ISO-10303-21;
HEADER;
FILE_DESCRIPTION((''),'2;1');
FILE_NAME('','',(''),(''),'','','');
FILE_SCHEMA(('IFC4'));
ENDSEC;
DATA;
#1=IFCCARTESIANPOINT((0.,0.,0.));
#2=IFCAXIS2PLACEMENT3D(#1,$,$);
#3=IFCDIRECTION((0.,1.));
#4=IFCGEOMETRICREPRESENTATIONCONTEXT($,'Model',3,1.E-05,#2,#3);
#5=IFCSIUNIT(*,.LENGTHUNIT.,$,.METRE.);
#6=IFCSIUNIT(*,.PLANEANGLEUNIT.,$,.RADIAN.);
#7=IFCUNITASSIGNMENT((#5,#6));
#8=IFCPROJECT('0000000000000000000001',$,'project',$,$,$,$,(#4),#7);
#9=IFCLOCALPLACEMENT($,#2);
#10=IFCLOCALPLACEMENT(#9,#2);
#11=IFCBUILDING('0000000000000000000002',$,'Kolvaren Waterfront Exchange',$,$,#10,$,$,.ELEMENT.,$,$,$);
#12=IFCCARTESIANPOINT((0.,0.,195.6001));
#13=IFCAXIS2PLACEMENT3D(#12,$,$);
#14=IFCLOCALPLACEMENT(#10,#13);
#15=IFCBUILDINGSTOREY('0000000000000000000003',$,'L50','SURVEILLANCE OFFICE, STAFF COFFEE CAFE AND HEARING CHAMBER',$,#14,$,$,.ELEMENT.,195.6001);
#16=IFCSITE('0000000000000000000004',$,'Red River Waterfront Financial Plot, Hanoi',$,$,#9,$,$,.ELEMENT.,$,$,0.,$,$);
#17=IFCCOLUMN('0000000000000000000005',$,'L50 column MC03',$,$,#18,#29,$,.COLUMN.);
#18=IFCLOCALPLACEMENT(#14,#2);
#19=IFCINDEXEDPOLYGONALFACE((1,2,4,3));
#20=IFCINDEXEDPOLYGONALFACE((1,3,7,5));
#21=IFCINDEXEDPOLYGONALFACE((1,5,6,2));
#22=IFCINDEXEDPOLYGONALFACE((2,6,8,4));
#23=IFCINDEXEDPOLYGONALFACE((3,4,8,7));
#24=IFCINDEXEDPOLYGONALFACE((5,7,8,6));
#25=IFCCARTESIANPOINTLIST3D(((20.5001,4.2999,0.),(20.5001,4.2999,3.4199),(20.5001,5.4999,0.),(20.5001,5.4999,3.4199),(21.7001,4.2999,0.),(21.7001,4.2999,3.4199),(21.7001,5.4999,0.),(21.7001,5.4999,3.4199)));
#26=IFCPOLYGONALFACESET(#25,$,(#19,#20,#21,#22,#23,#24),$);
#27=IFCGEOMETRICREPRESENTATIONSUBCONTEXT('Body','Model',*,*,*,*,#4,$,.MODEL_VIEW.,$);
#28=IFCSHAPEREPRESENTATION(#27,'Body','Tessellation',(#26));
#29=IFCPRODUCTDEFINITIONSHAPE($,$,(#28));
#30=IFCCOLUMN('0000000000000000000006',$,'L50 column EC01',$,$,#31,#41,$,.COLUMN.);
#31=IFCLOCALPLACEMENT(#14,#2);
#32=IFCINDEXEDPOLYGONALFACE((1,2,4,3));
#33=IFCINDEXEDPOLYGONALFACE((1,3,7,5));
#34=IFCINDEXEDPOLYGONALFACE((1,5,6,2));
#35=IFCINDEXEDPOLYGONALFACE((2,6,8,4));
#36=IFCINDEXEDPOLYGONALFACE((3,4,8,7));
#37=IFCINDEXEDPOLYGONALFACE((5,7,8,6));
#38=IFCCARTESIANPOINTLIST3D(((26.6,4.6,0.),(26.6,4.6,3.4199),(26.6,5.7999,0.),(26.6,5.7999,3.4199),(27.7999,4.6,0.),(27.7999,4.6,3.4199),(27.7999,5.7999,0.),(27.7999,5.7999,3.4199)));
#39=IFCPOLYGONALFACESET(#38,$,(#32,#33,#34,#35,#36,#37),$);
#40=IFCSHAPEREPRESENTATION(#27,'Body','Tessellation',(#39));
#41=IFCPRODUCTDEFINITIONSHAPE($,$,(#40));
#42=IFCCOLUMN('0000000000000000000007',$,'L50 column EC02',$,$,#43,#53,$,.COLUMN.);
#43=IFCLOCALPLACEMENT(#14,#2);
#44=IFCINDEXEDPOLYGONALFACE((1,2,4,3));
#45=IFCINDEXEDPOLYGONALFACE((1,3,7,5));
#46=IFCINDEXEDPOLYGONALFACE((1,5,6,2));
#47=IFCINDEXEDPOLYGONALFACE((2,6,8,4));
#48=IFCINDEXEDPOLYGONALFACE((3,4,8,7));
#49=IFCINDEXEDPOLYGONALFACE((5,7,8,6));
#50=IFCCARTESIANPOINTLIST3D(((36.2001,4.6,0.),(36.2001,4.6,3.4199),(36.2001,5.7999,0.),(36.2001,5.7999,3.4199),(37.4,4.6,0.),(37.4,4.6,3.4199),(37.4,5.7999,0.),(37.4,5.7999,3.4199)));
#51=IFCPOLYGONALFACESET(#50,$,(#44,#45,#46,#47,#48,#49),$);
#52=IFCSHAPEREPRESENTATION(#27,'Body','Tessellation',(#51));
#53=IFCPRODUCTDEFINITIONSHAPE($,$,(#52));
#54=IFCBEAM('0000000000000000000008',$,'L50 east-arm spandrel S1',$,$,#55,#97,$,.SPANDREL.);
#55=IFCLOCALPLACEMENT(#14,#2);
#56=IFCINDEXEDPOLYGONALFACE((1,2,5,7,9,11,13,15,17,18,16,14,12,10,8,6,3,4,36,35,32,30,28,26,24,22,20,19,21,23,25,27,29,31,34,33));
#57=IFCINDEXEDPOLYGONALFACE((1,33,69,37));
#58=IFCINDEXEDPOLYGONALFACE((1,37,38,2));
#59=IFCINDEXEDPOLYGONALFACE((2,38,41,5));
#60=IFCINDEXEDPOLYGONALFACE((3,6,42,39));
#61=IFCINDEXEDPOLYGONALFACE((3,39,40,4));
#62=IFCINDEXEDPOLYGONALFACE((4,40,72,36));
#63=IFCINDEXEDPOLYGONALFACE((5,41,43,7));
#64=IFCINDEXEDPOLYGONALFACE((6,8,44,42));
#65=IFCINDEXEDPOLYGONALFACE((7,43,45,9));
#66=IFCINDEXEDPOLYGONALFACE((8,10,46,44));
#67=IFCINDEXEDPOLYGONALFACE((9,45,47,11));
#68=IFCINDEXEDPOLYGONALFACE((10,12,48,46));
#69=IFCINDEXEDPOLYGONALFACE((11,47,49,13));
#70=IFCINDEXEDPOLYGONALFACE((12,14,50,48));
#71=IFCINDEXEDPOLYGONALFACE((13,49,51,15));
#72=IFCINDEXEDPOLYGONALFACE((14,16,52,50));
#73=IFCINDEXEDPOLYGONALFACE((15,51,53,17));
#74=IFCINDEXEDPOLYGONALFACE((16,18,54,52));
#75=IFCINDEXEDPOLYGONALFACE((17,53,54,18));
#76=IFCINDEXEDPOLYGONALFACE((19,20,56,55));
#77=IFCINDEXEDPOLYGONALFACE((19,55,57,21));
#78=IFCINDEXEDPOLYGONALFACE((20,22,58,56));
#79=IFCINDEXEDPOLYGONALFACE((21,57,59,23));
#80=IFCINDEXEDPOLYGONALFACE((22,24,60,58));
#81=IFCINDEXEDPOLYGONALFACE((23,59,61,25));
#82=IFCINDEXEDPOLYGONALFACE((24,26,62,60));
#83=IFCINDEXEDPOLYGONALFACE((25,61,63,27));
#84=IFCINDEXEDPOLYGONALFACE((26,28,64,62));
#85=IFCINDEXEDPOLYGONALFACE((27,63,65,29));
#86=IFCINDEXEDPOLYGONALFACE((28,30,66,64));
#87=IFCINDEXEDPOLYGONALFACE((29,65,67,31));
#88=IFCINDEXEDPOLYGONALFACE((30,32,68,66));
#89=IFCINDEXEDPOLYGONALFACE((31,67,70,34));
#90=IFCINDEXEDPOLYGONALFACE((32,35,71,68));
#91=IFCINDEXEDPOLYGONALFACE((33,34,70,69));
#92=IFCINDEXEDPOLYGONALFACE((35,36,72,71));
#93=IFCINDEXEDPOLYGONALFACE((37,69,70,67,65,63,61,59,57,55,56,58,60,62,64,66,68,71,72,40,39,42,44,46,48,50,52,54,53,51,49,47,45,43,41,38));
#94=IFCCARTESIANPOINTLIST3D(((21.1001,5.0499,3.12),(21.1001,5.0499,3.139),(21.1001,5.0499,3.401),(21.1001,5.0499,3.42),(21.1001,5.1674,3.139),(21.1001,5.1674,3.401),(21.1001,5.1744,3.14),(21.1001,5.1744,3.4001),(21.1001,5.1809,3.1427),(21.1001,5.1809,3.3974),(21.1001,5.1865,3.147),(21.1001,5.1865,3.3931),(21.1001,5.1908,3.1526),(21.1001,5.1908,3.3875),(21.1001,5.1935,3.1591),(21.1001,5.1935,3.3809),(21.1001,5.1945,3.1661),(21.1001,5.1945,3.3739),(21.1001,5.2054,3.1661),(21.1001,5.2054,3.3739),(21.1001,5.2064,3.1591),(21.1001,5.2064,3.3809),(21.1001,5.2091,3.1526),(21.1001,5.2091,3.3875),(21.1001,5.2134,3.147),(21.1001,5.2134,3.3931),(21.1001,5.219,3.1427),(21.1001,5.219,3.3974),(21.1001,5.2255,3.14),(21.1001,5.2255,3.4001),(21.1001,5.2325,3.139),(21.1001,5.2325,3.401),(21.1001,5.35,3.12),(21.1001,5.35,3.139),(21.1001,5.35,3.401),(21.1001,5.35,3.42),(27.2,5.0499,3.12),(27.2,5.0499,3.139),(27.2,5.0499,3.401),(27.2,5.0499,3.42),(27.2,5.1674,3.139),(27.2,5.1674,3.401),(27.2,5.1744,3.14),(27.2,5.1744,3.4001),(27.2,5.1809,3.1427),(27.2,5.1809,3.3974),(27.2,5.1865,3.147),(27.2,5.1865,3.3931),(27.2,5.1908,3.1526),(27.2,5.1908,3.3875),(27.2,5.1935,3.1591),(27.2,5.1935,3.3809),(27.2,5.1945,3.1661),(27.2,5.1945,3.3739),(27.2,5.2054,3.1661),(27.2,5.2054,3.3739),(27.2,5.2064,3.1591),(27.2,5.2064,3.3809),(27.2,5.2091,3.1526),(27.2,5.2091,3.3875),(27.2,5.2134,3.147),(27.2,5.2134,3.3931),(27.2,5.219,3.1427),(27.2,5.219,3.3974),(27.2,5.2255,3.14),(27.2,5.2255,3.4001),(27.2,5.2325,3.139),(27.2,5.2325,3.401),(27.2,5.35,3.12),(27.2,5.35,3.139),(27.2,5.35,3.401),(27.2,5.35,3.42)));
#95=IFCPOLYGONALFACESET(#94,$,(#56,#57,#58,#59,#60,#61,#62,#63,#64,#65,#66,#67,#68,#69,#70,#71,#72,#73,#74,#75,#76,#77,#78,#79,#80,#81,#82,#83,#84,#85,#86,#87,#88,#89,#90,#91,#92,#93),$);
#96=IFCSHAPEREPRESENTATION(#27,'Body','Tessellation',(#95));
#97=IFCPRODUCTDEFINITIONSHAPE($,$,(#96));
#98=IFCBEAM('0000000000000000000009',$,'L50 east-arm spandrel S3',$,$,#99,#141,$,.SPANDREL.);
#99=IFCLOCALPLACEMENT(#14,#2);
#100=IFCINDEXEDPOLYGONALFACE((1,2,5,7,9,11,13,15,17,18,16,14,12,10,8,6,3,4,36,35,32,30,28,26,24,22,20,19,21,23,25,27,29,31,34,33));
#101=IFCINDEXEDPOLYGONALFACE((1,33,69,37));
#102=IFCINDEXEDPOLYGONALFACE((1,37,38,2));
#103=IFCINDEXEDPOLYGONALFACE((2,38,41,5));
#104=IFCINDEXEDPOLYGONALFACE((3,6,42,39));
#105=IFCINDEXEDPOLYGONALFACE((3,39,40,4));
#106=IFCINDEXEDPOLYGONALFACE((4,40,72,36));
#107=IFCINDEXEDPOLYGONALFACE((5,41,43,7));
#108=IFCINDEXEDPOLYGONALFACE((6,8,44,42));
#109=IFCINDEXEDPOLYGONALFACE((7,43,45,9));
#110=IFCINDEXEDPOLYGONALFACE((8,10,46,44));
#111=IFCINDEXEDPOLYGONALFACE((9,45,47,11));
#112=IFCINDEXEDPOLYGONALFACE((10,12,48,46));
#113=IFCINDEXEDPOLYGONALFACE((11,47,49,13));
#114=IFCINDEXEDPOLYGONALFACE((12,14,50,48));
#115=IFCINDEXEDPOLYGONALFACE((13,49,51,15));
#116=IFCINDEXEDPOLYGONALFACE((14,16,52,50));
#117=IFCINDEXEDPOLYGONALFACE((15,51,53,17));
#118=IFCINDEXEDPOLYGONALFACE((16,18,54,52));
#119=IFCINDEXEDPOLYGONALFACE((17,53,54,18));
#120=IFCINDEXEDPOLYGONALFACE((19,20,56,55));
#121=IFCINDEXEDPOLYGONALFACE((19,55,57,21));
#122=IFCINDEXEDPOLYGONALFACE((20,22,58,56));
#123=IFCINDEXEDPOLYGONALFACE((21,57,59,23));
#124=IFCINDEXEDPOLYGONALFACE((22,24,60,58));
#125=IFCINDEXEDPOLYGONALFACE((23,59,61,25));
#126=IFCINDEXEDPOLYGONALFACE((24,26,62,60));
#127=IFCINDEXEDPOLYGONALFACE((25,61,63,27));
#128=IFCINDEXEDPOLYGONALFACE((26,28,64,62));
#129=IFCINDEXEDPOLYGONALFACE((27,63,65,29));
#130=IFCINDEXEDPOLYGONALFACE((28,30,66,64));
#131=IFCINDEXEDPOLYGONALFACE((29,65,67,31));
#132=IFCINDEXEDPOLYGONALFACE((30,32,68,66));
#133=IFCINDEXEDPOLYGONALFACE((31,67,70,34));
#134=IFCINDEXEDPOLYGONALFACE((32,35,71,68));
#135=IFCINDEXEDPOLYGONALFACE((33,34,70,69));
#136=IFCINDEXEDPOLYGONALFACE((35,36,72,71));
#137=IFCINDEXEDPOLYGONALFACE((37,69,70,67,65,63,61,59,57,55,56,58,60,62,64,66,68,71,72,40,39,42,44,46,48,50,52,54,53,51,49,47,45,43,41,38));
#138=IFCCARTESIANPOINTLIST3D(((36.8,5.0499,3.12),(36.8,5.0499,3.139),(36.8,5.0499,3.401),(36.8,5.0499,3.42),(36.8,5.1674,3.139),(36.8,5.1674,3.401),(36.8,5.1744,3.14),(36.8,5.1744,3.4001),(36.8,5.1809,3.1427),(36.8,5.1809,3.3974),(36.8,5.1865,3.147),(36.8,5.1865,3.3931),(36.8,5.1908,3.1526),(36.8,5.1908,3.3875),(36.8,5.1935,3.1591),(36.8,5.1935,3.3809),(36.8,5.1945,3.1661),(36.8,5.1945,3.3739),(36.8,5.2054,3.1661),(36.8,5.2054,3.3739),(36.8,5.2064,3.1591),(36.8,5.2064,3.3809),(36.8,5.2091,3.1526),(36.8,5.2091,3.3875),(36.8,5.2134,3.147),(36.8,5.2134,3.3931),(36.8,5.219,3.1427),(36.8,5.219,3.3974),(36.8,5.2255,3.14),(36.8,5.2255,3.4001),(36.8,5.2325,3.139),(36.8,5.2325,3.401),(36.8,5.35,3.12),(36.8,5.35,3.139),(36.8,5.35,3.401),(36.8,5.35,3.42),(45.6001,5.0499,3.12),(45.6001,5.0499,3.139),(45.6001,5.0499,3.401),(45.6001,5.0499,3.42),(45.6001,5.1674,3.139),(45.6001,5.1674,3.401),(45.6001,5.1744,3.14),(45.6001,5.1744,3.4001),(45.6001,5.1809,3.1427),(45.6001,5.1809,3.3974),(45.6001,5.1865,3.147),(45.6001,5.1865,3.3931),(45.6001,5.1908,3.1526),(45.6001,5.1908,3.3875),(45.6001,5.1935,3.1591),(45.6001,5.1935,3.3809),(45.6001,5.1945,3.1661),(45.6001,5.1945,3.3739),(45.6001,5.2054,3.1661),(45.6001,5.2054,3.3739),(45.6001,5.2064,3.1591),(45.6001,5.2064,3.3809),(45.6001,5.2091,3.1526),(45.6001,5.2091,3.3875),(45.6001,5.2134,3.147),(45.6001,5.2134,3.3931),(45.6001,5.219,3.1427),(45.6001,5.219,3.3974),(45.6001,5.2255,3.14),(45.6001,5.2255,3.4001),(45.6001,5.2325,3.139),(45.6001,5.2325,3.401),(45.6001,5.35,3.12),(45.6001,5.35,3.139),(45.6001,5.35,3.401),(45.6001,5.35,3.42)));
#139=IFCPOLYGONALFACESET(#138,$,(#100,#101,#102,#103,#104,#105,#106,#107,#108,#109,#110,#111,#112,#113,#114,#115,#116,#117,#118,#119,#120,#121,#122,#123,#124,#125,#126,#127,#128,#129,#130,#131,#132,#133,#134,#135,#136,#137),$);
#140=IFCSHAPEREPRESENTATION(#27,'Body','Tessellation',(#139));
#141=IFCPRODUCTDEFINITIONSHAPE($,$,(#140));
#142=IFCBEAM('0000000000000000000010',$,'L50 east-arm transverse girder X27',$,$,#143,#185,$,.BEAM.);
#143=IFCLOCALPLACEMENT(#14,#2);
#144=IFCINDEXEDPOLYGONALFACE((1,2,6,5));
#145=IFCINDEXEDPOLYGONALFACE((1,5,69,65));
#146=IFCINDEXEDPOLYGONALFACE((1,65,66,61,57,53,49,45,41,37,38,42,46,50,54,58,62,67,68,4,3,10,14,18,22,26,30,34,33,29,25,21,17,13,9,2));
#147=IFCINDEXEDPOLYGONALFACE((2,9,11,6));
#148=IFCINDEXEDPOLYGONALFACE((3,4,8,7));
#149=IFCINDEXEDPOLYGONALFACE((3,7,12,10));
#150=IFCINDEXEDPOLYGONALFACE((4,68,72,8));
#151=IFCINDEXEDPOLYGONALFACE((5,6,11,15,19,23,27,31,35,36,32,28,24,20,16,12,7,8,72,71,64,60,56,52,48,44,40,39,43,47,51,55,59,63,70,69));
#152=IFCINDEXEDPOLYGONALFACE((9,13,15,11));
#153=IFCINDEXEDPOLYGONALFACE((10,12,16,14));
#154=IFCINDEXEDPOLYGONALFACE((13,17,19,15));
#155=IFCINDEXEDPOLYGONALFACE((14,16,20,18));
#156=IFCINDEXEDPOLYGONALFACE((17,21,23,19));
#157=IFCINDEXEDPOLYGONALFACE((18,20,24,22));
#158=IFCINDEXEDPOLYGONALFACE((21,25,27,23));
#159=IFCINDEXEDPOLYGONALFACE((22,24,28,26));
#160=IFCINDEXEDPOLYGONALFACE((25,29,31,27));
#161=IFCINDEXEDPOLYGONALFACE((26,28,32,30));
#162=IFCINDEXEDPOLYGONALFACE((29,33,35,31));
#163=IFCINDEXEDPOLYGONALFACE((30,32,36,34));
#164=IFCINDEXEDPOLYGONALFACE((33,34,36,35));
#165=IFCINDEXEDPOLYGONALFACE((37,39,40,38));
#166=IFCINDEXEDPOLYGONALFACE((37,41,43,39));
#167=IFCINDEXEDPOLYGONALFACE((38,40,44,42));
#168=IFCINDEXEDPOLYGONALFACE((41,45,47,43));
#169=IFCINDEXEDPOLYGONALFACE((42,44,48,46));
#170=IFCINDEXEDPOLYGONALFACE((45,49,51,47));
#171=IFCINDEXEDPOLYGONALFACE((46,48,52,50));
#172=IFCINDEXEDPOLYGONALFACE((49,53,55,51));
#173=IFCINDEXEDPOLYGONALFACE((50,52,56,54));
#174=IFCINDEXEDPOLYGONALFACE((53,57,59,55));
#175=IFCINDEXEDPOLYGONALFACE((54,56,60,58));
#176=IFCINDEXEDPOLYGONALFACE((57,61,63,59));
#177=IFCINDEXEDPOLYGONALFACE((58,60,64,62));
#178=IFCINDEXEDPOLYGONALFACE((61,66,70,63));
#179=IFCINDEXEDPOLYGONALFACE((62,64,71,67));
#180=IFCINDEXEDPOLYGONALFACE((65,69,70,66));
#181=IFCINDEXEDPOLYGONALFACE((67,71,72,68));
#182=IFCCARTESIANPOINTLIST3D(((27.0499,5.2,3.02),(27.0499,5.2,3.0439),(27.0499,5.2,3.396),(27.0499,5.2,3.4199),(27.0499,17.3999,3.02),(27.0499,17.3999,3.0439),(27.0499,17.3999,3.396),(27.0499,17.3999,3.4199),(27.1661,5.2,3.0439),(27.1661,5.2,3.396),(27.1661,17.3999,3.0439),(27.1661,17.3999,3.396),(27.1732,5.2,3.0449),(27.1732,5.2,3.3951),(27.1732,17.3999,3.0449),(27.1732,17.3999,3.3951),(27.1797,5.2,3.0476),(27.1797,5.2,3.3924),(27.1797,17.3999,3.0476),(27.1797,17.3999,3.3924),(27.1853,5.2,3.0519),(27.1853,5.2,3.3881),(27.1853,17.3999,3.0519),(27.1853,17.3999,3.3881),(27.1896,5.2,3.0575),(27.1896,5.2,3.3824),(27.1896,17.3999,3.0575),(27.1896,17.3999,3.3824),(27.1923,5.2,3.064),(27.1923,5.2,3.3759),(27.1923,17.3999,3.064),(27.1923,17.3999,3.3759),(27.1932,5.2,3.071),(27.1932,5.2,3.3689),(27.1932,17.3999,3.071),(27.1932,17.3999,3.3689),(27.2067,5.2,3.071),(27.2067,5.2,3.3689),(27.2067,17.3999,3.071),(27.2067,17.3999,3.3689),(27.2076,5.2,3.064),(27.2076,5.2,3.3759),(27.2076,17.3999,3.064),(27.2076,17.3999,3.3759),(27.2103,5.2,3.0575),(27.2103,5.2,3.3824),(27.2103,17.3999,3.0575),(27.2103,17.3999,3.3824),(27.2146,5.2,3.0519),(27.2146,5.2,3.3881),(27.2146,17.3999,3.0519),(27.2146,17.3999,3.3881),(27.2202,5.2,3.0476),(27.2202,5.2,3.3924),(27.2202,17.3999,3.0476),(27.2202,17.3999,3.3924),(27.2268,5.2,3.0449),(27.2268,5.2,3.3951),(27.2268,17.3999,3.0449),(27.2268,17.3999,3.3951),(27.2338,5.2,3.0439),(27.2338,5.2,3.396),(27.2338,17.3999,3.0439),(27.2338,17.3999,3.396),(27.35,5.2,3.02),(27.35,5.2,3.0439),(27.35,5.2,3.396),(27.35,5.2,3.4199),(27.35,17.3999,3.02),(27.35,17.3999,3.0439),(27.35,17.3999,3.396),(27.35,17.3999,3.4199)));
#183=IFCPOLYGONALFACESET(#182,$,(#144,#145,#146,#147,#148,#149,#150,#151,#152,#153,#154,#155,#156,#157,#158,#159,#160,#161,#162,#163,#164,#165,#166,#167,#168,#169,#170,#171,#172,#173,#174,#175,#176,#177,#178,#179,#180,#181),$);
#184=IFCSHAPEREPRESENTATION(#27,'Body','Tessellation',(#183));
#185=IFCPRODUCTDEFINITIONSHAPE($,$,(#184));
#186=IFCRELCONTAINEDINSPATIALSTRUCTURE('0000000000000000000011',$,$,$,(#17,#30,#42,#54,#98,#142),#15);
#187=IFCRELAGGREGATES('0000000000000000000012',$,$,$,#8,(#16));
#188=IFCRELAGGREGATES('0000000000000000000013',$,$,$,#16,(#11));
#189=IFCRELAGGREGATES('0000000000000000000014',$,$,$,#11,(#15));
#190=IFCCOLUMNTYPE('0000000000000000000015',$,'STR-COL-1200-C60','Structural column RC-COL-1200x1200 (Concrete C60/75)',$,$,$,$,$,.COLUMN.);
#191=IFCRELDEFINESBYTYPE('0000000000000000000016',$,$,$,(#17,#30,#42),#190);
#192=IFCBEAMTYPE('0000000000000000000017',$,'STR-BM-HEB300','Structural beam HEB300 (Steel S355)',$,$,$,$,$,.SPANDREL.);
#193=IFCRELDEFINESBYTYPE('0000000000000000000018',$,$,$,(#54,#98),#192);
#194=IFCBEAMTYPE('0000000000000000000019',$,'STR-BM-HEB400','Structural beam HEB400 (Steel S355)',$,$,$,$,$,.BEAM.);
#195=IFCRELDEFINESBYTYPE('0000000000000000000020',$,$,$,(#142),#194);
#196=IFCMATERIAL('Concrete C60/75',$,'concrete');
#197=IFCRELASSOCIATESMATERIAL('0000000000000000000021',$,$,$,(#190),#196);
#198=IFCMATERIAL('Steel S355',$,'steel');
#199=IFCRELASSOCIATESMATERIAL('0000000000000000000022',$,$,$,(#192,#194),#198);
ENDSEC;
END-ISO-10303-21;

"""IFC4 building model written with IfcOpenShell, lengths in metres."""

from ifc_helpers import new_model, si_unit, direction, frame, origin, origin_2d, place, context, subcontext, project, spatial, rectangle, i_section, extrude, material, material_profile, profile_set, type_object, element, save


model = new_model("IFC4")

# Units and contexts
model_context = context("Model", 3, precision=1e-05, world=origin(), true_north=direction((0.0, 1.0)))
body_context = subcontext(model_context, "Body", "Model", "MODEL_VIEW")
ifc_project = project(units=[si_unit("LENGTHUNIT", "METRE"), si_unit("PLANEANGLEUNIT", "RADIAN")], contexts=[model_context])

# Site, building, storey
site_placement = place(None, origin())
site = spatial("IfcSite", under=ifc_project, at=site_placement, Name="Red River Waterfront Financial Plot, Hanoi", CompositionType="ELEMENT", RefElevation=0.0)
building_placement = place(site_placement, origin())
building = spatial("IfcBuilding", under=site, at=building_placement, Name="Kolvaren Waterfront Exchange", CompositionType="ELEMENT")
storey_placement = place(building_placement, frame((0.0, 0.0, 195.6001)))
storey = spatial("IfcBuildingStorey", under=building, at=storey_placement, Name="L50", Description="SURVEILLANCE OFFICE, STAFF COFFEE CAFE AND HEARING CHAMBER", CompositionType="ELEMENT", Elevation=195.6001)

# Columns
ifc_material_1 = material(Name="Concrete C60/75", Category="concrete")
ifc_material_profile_1 = material_profile(ifc_material_1, rectangle(XDim=1.2, YDim=1.2, at=origin_2d()), Name="RC-COL-1200x1200")
ifc_profile_set_1 = profile_set([ifc_material_profile_1], Name="Concrete C60/75")
column_type = type_object("IfcColumnType", Name="STR-COL-1200-C60", Description="Structural column RC-COL-1200x1200 (Concrete C60/75)", PredefinedType="COLUMN", material=ifc_profile_set_1)
for number, where, z_axis, x_axis, name in (
    (1, (21.1001, 4.8999, 0.0), (0.0, 0.0, 1.0), (1.0, 0.0, 0.0), "L50 column MC03"),
    (2, (27.2, 5.2, 0.0), (0.0, 0.0, 1.0), (1.0, 0.0, 0.0), "L50 column EC01"),
    (3, (36.8, 5.2, 0.0), (0.0, 0.0, 1.0), (1.0, 0.0, 0.0), "L50 column EC02"),
):
    element("IfcColumn", number, at=place(storey_placement, frame(where, z_axis=z_axis, x_axis=x_axis)), inside=storey, type_object=column_type, Name=name, PredefinedType="COLUMN", context=body_context, shape_type="SweptSolid", body=[
        extrude(rectangle(XDim=1.2, YDim=1.2, at=origin_2d()), origin(), (0.0, 0.0, 1.0), 3.4199),
    ])

# Beams
ifc_material_2 = material(Name="Steel S355", Category="steel")
ifc_material_profile_2 = material_profile(ifc_material_2, i_section(OverallWidth=0.3, OverallDepth=0.3, WebThickness=0.011, FlangeThickness=0.019, FilletRadius=0.0271, at=origin_2d()), Name="HEB300")
ifc_profile_set_2 = profile_set([ifc_material_profile_2], Name="Steel S355")
beam_type_1 = type_object("IfcBeamType", Name="STR-BM-HEB300", Description="Structural beam HEB300 (Steel S355)", PredefinedType="SPANDREL", material=ifc_profile_set_2)
beam_1_placement = place(storey_placement, frame((21.1001, 5.2, 3.27), z_axis=(1.0, 0.0, 0.0), x_axis=(0.0, 1.0, 0.0)))
element("IfcBeam", 4, at=beam_1_placement, inside=storey, type_object=beam_type_1, Name="L50 east-arm spandrel S1", PredefinedType="SPANDREL", context=body_context, shape_type="SweptSolid", body=[
    extrude(i_section(OverallWidth=0.3, OverallDepth=0.3, WebThickness=0.011, FlangeThickness=0.019, FilletRadius=0.0271, at=origin_2d()), origin(), (0.0, 0.0, 1.0), 6.0999),
])
beam_2_placement = place(storey_placement, frame((36.8, 5.2, 3.27), z_axis=(1.0, 0.0, 0.0), x_axis=(0.0, 1.0, 0.0)))
element("IfcBeam", 5, at=beam_2_placement, inside=storey, type_object=beam_type_1, Name="L50 east-arm spandrel S3", PredefinedType="SPANDREL", context=body_context, shape_type="SweptSolid", body=[
    extrude(i_section(OverallWidth=0.3, OverallDepth=0.3, WebThickness=0.011, FlangeThickness=0.019, FilletRadius=0.0271, at=origin_2d()), origin(), (0.0, 0.0, 1.0), 8.8),
])
ifc_material_profile_3 = material_profile(ifc_material_2, i_section(OverallWidth=0.3, OverallDepth=0.3999, WebThickness=0.0134, FlangeThickness=0.0239, FilletRadius=0.0271, at=origin_2d()), Name="HEB400")
ifc_profile_set_3 = profile_set([ifc_material_profile_3], Name="Steel S355")
beam_type_2 = type_object("IfcBeamType", Name="STR-BM-HEB400", Description="Structural beam HEB400 (Steel S355)", PredefinedType="BEAM", material=ifc_profile_set_3)
for number, where, z_axis, x_axis, name in (
    (6, (27.2, 5.2, 3.22), (0.0, 1.0, 0.0), (-1.0, 0.0, 0.0), "L50 east-arm transverse girder X27"),
):
    element("IfcBeam", number, at=place(storey_placement, frame(where, z_axis=z_axis, x_axis=x_axis)), inside=storey, type_object=beam_type_2, Name=name, PredefinedType="BEAM", context=body_context, shape_type="SweptSolid", body=[
        extrude(i_section(OverallWidth=0.3, OverallDepth=0.3999, WebThickness=0.0134, FlangeThickness=0.0239, FilletRadius=0.0271, at=origin_2d()), origin(), (0.0, 0.0, 1.0), 12.2),
    ])

save(model, "model.ifc")
